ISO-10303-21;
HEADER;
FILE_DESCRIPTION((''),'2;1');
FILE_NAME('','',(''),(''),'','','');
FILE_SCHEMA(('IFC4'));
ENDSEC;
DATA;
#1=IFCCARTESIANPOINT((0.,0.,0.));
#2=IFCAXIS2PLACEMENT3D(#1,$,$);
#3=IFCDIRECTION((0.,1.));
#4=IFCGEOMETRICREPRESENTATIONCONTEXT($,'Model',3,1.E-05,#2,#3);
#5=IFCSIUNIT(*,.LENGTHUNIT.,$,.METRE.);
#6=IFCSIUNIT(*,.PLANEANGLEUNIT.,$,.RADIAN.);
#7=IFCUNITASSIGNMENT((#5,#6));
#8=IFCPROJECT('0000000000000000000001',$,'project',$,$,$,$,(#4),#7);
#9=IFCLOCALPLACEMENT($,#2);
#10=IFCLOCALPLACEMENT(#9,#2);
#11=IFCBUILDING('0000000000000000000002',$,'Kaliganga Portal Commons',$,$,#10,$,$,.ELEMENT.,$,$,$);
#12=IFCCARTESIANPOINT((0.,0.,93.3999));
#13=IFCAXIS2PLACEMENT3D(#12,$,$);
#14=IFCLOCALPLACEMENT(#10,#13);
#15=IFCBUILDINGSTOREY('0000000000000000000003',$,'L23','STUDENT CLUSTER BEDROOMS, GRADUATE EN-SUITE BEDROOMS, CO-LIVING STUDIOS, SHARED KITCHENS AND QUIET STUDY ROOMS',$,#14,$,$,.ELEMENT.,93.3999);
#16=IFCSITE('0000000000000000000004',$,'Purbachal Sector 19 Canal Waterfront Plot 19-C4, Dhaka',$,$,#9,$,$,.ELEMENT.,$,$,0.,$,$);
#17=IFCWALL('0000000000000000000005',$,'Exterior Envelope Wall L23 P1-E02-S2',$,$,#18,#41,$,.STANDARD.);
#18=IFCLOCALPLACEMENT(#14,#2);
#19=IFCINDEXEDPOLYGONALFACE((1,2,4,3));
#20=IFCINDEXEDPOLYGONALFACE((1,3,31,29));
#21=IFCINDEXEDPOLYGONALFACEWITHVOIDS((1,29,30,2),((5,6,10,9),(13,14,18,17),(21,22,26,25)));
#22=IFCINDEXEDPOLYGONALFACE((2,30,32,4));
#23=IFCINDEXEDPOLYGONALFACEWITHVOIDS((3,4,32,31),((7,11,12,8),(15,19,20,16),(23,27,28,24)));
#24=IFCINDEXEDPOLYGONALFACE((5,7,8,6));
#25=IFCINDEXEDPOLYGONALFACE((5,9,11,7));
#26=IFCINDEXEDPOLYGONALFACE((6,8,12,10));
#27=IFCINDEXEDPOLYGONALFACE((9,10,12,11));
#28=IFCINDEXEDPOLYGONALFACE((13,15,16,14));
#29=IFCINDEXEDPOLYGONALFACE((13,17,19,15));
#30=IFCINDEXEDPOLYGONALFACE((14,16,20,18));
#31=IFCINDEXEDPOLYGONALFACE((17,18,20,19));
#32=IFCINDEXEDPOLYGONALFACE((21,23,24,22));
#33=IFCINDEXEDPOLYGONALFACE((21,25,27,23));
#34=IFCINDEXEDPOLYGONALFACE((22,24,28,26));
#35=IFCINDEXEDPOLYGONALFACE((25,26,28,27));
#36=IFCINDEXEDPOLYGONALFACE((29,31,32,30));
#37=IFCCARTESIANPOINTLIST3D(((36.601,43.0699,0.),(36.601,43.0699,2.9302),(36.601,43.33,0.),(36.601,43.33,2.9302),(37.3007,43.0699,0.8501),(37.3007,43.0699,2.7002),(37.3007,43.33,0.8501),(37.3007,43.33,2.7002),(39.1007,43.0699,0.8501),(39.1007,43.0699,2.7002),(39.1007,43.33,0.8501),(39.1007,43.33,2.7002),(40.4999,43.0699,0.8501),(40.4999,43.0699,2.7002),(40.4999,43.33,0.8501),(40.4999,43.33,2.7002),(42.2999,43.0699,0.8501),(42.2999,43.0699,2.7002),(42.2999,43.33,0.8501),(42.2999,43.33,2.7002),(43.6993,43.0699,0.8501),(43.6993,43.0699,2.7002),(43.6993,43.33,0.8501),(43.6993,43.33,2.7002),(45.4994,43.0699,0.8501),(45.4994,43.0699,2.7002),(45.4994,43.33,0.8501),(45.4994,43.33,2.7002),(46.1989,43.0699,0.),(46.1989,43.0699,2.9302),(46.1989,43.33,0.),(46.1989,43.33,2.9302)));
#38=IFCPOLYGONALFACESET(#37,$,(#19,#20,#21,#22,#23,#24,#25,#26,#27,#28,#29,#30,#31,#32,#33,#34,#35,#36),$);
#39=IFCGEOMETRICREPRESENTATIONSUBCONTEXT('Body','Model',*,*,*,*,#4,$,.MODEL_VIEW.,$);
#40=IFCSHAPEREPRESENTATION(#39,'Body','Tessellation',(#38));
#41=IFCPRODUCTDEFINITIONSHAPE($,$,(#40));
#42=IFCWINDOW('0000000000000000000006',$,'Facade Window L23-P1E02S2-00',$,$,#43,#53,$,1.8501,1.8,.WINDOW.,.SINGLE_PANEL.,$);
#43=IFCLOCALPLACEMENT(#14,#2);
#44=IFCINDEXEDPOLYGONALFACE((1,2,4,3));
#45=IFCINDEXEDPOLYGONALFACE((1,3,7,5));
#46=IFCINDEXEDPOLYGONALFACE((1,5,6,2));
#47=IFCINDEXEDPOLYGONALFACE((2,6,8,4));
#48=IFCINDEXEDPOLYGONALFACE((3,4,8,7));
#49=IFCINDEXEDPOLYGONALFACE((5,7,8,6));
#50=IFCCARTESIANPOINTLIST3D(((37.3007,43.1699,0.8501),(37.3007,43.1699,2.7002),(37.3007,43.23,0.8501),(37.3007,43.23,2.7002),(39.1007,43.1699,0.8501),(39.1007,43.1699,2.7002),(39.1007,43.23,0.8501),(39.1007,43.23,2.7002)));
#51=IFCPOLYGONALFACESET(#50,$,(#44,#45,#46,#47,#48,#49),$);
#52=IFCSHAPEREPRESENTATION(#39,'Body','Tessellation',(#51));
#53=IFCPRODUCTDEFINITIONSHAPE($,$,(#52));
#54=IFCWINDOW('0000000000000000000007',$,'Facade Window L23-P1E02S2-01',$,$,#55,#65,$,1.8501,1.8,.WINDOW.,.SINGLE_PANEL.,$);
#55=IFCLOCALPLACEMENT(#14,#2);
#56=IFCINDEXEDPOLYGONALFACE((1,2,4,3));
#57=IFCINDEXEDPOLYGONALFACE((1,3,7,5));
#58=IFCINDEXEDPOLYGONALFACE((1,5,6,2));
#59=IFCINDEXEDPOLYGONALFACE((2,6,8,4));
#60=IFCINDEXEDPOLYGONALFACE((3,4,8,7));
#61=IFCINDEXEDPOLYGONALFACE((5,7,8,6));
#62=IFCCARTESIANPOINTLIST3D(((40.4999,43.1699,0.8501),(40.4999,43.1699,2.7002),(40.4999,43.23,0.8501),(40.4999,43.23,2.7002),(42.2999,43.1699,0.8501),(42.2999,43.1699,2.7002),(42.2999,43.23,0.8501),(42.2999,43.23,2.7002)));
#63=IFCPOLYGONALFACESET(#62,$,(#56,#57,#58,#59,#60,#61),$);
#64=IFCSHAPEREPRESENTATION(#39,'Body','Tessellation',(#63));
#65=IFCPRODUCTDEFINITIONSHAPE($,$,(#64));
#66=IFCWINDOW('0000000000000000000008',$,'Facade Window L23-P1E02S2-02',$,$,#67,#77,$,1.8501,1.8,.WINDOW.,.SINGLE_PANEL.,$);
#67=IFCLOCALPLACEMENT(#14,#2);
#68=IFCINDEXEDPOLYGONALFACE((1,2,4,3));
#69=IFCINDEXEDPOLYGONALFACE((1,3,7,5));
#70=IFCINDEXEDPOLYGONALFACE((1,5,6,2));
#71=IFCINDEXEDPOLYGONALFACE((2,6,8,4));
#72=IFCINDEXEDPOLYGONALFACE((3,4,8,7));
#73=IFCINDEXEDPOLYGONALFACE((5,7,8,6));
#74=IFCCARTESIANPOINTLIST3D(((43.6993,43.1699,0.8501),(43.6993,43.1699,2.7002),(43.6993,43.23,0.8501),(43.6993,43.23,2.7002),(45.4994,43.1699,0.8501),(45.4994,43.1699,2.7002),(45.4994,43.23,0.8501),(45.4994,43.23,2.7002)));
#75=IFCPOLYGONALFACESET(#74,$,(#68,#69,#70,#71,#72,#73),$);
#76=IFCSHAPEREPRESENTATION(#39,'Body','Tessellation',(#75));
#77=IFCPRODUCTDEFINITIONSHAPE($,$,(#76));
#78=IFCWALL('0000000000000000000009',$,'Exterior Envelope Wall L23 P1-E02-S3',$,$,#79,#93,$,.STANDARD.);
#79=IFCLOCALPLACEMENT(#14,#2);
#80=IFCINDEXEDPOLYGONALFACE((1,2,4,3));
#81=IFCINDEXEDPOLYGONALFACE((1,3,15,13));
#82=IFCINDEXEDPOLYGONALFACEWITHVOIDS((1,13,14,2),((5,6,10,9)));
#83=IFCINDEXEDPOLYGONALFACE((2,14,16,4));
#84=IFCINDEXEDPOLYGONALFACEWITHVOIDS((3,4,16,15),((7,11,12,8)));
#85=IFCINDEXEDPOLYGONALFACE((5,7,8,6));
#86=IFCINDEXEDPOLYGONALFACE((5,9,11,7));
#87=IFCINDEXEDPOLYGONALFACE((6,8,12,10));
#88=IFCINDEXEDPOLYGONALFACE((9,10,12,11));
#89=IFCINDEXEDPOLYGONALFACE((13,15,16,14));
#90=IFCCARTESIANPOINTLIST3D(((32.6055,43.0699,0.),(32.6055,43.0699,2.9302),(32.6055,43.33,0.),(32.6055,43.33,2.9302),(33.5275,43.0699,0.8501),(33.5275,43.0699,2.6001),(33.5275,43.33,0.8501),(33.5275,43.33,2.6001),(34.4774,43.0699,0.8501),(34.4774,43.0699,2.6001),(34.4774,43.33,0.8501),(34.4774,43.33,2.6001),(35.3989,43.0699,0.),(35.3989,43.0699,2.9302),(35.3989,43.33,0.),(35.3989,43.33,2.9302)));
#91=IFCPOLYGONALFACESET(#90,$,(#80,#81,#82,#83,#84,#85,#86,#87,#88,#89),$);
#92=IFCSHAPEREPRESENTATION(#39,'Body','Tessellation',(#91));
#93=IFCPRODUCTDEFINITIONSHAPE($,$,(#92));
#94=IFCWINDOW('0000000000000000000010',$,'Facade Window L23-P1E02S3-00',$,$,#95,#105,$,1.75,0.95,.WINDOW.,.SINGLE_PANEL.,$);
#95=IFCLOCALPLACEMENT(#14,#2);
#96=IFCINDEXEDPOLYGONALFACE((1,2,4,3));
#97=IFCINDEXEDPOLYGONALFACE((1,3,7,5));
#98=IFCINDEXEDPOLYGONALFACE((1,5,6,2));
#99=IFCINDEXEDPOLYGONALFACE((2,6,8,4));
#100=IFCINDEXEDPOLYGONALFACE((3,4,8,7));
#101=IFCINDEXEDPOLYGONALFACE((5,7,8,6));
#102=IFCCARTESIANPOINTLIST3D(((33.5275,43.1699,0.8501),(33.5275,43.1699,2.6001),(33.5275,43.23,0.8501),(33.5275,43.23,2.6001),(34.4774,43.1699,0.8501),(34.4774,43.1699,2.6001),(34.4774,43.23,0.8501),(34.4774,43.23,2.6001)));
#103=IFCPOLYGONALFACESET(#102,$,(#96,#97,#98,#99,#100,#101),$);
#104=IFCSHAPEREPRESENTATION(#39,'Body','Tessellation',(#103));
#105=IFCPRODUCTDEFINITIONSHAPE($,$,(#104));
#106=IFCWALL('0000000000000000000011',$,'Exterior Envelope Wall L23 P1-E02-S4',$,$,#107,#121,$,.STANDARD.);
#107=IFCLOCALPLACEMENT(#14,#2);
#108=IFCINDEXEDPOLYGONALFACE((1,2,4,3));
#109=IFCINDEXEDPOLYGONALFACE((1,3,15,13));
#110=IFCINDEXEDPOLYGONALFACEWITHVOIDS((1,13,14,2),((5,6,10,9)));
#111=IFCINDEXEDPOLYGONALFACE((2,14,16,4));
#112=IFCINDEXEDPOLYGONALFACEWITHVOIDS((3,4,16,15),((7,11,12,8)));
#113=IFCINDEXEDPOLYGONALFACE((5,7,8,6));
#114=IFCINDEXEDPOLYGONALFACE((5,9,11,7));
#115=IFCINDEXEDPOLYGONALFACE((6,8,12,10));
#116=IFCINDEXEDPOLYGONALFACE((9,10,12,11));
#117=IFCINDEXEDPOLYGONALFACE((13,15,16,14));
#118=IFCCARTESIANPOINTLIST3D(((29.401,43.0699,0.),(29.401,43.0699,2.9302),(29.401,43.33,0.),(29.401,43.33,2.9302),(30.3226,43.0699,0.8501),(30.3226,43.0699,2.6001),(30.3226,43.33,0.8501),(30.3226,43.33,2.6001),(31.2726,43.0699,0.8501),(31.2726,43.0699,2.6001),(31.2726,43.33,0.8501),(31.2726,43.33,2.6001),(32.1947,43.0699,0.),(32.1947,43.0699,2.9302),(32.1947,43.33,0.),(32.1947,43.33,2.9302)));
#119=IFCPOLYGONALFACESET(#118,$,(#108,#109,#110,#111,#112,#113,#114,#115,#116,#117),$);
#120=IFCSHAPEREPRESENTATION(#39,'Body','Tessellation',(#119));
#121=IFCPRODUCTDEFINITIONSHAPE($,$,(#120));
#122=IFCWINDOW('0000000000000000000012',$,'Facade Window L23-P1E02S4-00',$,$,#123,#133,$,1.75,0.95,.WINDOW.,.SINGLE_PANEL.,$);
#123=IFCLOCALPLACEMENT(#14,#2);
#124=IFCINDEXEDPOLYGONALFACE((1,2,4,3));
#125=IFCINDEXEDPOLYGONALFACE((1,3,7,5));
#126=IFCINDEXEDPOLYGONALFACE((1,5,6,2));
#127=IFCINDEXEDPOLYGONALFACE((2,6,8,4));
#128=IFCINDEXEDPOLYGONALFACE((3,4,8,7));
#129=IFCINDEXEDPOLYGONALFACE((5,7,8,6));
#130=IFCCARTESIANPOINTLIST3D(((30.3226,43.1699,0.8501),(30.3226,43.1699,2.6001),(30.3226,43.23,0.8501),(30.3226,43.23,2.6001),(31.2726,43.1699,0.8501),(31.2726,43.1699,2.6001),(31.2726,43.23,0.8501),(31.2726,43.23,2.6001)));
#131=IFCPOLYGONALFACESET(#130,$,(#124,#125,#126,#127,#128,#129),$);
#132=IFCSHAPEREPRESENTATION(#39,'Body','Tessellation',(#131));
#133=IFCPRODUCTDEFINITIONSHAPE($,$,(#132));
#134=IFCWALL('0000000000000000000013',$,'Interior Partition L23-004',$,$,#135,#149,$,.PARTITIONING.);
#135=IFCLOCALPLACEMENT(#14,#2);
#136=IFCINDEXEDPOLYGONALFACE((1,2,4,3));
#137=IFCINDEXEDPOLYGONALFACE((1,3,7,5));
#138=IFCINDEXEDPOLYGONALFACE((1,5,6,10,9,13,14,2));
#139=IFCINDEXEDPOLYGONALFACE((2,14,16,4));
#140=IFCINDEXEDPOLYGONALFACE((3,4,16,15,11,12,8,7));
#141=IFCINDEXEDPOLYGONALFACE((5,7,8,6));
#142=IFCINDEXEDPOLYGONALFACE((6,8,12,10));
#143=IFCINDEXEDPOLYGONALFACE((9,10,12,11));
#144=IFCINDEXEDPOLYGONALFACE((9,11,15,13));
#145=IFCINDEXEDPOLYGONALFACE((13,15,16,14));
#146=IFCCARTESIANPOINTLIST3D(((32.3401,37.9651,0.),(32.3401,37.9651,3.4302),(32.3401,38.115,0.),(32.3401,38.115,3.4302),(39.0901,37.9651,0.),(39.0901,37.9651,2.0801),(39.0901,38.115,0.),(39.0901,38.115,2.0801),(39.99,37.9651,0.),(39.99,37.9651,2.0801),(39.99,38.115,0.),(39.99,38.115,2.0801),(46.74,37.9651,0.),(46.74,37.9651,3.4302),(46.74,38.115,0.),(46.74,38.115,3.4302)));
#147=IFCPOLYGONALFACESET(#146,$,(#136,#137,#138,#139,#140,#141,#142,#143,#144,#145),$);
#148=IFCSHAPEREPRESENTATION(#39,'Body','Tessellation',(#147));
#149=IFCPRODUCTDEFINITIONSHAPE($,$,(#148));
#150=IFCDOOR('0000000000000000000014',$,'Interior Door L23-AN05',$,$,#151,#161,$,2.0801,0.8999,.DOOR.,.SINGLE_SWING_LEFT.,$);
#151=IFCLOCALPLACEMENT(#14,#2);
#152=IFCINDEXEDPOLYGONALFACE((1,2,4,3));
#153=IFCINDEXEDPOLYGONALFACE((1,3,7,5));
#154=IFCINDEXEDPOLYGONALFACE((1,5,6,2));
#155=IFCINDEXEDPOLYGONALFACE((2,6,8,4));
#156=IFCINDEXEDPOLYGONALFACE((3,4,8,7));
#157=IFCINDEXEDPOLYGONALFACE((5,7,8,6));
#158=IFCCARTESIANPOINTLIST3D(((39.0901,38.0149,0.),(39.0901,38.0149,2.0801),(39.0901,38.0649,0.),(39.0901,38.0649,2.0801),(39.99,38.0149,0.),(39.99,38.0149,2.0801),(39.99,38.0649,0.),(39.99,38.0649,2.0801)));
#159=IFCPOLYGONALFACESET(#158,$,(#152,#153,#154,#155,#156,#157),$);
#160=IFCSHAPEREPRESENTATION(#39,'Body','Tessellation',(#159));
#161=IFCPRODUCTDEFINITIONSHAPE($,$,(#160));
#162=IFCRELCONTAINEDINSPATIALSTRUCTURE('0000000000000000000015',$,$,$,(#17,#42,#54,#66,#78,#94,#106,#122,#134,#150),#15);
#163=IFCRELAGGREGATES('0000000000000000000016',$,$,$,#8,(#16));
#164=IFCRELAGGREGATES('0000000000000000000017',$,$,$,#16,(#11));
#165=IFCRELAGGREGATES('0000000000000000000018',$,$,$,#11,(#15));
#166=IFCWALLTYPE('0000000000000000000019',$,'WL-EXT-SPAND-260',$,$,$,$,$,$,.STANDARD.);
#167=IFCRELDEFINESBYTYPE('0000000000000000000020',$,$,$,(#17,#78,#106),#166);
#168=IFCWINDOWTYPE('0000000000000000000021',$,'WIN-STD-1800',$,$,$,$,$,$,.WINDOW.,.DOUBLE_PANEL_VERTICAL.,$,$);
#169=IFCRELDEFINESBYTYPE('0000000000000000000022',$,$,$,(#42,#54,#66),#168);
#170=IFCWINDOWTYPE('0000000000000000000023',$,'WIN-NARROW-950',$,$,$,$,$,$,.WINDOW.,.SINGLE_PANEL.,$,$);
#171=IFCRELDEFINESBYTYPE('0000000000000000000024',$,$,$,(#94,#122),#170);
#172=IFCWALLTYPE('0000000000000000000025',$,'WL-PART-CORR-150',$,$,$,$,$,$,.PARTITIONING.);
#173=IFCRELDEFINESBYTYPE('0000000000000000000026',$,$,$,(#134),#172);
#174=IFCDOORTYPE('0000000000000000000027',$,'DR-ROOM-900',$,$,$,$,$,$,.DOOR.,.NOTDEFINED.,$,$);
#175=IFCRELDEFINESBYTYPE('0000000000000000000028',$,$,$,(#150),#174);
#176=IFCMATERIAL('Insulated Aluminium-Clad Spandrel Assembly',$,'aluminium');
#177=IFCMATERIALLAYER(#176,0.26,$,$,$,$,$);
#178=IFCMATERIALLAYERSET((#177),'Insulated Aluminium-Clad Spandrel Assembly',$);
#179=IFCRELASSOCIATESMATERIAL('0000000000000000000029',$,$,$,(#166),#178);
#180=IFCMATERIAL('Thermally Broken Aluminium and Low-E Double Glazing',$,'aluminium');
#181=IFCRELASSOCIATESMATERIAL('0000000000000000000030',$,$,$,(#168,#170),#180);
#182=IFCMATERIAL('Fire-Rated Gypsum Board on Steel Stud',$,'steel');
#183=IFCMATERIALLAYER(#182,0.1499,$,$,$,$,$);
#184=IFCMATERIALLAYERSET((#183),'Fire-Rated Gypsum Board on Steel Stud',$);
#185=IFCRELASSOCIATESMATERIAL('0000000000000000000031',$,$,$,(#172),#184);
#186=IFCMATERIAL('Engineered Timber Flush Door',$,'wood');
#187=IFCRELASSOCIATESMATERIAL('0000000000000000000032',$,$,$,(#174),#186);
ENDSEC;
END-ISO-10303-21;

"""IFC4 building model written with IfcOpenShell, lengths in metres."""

from ifc_helpers import new_model, si_unit, direction, frame, frame_2d, origin, place, context, subcontext, project, spatial, rectangle, extrude, material, layer, layer_set, type_object, element, fill, save


model = new_model("IFC4")

# Units and contexts
model_context = context("Model", 3, precision=1e-05, world=origin(), true_north=direction((0.0, 1.0)))
body_context = subcontext(model_context, "Body", "Model", "MODEL_VIEW")
ifc_project = project(units=[si_unit("LENGTHUNIT", "METRE"), si_unit("PLANEANGLEUNIT", "RADIAN")], contexts=[model_context])

# Site, building, storey
site_placement = place(None, origin())
site = spatial("IfcSite", under=ifc_project, at=site_placement, Name="Purbachal Sector 19 Canal Waterfront Plot 19-C4, Dhaka", CompositionType="ELEMENT", RefElevation=0.0)
building_placement = place(site_placement, origin())
building = spatial("IfcBuilding", under=site, at=building_placement, Name="Kaliganga Portal Commons", CompositionType="ELEMENT")
storey_placement = place(building_placement, frame((0.0, 0.0, 93.3999)))
storey = spatial("IfcBuildingStorey", under=building, at=storey_placement, Name="L23", Description="STUDENT CLUSTER BEDROOMS, GRADUATE EN-SUITE BEDROOMS, CO-LIVING STUDIOS, SHARED KITCHENS AND QUIET STUDY ROOMS", CompositionType="ELEMENT", Elevation=93.3999)

# Wall, openings, windows
ifc_material_1 = material(Name="Insulated Aluminium-Clad Spandrel Assembly", Category="aluminium")
ifc_layer_1 = layer(ifc_material_1, 0.26)
ifc_layer_set_1 = layer_set([ifc_layer_1], Name="Insulated Aluminium-Clad Spandrel Assembly")
wall_type_1 = type_object("IfcWallType", Name="WL-EXT-SPAND-260", PredefinedType="STANDARD", material=ifc_layer_set_1)
wall_1_placement = place(storey_placement, frame((36.6011, 43.2, 0.0), z_axis=(0.0, 0.0, 1.0), x_axis=(1.0, 0.0, 0.0)))
wall_1 = element("IfcWall", 1, at=wall_1_placement, inside=storey, type_object=wall_type_1, Name="Exterior Envelope Wall L23 P1-E02-S2", PredefinedType="STANDARD", context=body_context, shape_type="SweptSolid", body=[
    extrude(rectangle(XDim=9.5979, YDim=0.26, at=frame_2d((4.7988, 0.0))), origin(), (0.0, 0.0, 1.0), 2.9302),
])
opening_1_placement = place(wall_1_placement, frame((0.6997, 0.0, 0.8501)))
opening_1 = element("IfcOpeningElement", 2, at=opening_1_placement, cuts=wall_1, PredefinedType="OPENING", context=body_context, shape_type="SweptSolid", body=[
    extrude(rectangle(XDim=1.8, YDim=1.8501, at=frame_2d((0.8999, 0.925))), frame((0.0, 0.1401, 0.0), z_axis=(0.0, -1.0, 0.0), x_axis=(1.0, 0.0, 0.0)), (0.0, 0.0, 1.0), 0.28),
])
opening_2_placement = place(wall_1_placement, frame((3.8989, 0.0, 0.8501)))
opening_2 = element("IfcOpeningElement", 3, at=opening_2_placement, cuts=wall_1, PredefinedType="OPENING", context=body_context, shape_type="SweptSolid", body=[
    extrude(rectangle(XDim=1.8, YDim=1.8501, at=frame_2d((0.8999, 0.925))), frame((0.0, 0.1401, 0.0), z_axis=(0.0, -1.0, 0.0), x_axis=(1.0, 0.0, 0.0)), (0.0, 0.0, 1.0), 0.28),
])
opening_3_placement = place(wall_1_placement, frame((7.0984, 0.0, 0.8501)))
opening_3 = element("IfcOpeningElement", 4, at=opening_3_placement, cuts=wall_1, PredefinedType="OPENING", context=body_context, shape_type="SweptSolid", body=[
    extrude(rectangle(XDim=1.8, YDim=1.8501, at=frame_2d((0.8999, 0.925))), frame((0.0, 0.1401, 0.0), z_axis=(0.0, -1.0, 0.0), x_axis=(1.0, 0.0, 0.0)), (0.0, 0.0, 1.0), 0.28),
])
ifc_material_2 = material(Name="Thermally Broken Aluminium and Low-E Double Glazing", Category="aluminium")
window_type_1 = type_object("IfcWindowType", Name="WIN-STD-1800", PartitioningType="DOUBLE_PANEL_VERTICAL", PredefinedType="WINDOW", material=ifc_material_2)
window_1_placement = place(opening_1_placement, origin())
window_1 = element("IfcWindow", 5, at=window_1_placement, inside=storey, type_object=window_type_1, Name="Facade Window L23-P1E02S2-00", OverallHeight=1.8501, OverallWidth=1.8, PartitioningType="SINGLE_PANEL", PredefinedType="WINDOW", context=body_context, shape_type="SweptSolid", body=[
    extrude(rectangle(XDim=1.8, YDim=1.8501, at=frame_2d((0.8999, 0.925))), frame((0.0, 0.03, 0.0), z_axis=(0.0, -1.0, 0.0), x_axis=(1.0, 0.0, 0.0)), (0.0, 0.0, 1.0), 0.0601),
])
fill(opening_1, window_1)
window_2_placement = place(opening_2_placement, origin())
window_2 = element("IfcWindow", 6, at=window_2_placement, inside=storey, type_object=window_type_1, Name="Facade Window L23-P1E02S2-01", OverallHeight=1.8501, OverallWidth=1.8, PartitioningType="SINGLE_PANEL", PredefinedType="WINDOW", context=body_context, shape_type="SweptSolid", body=[
    extrude(rectangle(XDim=1.8, YDim=1.8501, at=frame_2d((0.8999, 0.925))), frame((0.0, 0.03, 0.0), z_axis=(0.0, -1.0, 0.0), x_axis=(1.0, 0.0, 0.0)), (0.0, 0.0, 1.0), 0.0601),
])
fill(opening_2, window_2)
window_3_placement = place(opening_3_placement, origin())
window_3 = element("IfcWindow", 7, at=window_3_placement, inside=storey, type_object=window_type_1, Name="Facade Window L23-P1E02S2-02", OverallHeight=1.8501, OverallWidth=1.8, PartitioningType="SINGLE_PANEL", PredefinedType="WINDOW", context=body_context, shape_type="SweptSolid", body=[
    extrude(rectangle(XDim=1.8, YDim=1.8501, at=frame_2d((0.8999, 0.925))), frame((0.0, 0.03, 0.0), z_axis=(0.0, -1.0, 0.0), x_axis=(1.0, 0.0, 0.0)), (0.0, 0.0, 1.0), 0.0601),
])
fill(opening_3, window_3)

# Walls, openings, windows
wall_2_placement = place(storey_placement, frame((32.6055, 43.2, 0.0), z_axis=(0.0, 0.0, 1.0), x_axis=(1.0, 0.0, 0.0)))
wall_2 = element("IfcWall", 8, at=wall_2_placement, inside=storey, type_object=wall_type_1, Name="Exterior Envelope Wall L23 P1-E02-S3", PredefinedType="STANDARD", context=body_context, shape_type="SweptSolid", body=[
    extrude(rectangle(XDim=2.7935, YDim=0.26, at=frame_2d((1.3967, 0.0))), origin(), (0.0, 0.0, 1.0), 2.9302),
])
opening_4_placement = place(wall_2_placement, frame((0.9219, 0.0, 0.8501)))
opening_4 = element("IfcOpeningElement", 9, at=opening_4_placement, cuts=wall_2, PredefinedType="OPENING", context=body_context, shape_type="SweptSolid", body=[
    extrude(rectangle(XDim=0.95, YDim=1.75, at=frame_2d((0.4751, 0.875))), frame((0.0, 0.1401, 0.0), z_axis=(0.0, -1.0, 0.0), x_axis=(1.0, 0.0, 0.0)), (0.0, 0.0, 1.0), 0.28),
])
window_type_2 = type_object("IfcWindowType", Name="WIN-NARROW-950", PartitioningType="SINGLE_PANEL", PredefinedType="WINDOW", material=ifc_material_2)
window_4_placement = place(opening_4_placement, origin())
window_4 = element("IfcWindow", 10, at=window_4_placement, inside=storey, type_object=window_type_2, Name="Facade Window L23-P1E02S3-00", OverallHeight=1.75, OverallWidth=0.95, PartitioningType="SINGLE_PANEL", PredefinedType="WINDOW", context=body_context, shape_type="SweptSolid", body=[
    extrude(rectangle(XDim=0.95, YDim=1.75, at=frame_2d((0.4751, 0.875))), frame((0.0, 0.03, 0.0), z_axis=(0.0, -1.0, 0.0), x_axis=(1.0, 0.0, 0.0)), (0.0, 0.0, 1.0), 0.0601),
])
fill(opening_4, window_4)
wall_3_placement = place(storey_placement, frame((29.4009, 43.2, 0.0), z_axis=(0.0, 0.0, 1.0), x_axis=(1.0, 0.0, 0.0)))
wall_3 = element("IfcWall", 11, at=wall_3_placement, inside=storey, type_object=wall_type_1, Name="Exterior Envelope Wall L23 P1-E02-S4", PredefinedType="STANDARD", context=body_context, shape_type="SweptSolid", body=[
    extrude(rectangle(XDim=2.7937, YDim=0.26, at=frame_2d((1.397, 0.0))), origin(), (0.0, 0.0, 1.0), 2.9302),
])
opening_5_placement = place(wall_3_placement, frame((0.9216, 0.0, 0.8501)))
opening_5 = element("IfcOpeningElement", 12, at=opening_5_placement, cuts=wall_3, PredefinedType="OPENING", context=body_context, shape_type="SweptSolid", body=[
    extrude(rectangle(XDim=0.95, YDim=1.75, at=frame_2d((0.4751, 0.875))), frame((0.0, 0.1401, 0.0), z_axis=(0.0, -1.0, 0.0), x_axis=(1.0, 0.0, 0.0)), (0.0, 0.0, 1.0), 0.28),
])
window_5_placement = place(opening_5_placement, origin())
window_5 = element("IfcWindow", 13, at=window_5_placement, inside=storey, type_object=window_type_2, Name="Facade Window L23-P1E02S4-00", OverallHeight=1.75, OverallWidth=0.95, PartitioningType="SINGLE_PANEL", PredefinedType="WINDOW", context=body_context, shape_type="SweptSolid", body=[
    extrude(rectangle(XDim=0.95, YDim=1.75, at=frame_2d((0.4751, 0.875))), frame((0.0, 0.03, 0.0), z_axis=(0.0, -1.0, 0.0), x_axis=(1.0, 0.0, 0.0)), (0.0, 0.0, 1.0), 0.0601),
])
fill(opening_5, window_5)

# Wall, opening, door
ifc_material_3 = material(Name="Fire-Rated Gypsum Board on Steel Stud", Category="steel")
ifc_layer_2 = layer(ifc_material_3, 0.1499)
ifc_layer_set_2 = layer_set([ifc_layer_2], Name="Fire-Rated Gypsum Board on Steel Stud")
wall_type_2 = type_object("IfcWallType", Name="WL-PART-CORR-150", PredefinedType="PARTITIONING", material=ifc_layer_set_2)
wall_4_placement = place(storey_placement, frame((32.3401, 38.04, 0.0), z_axis=(0.0, 0.0, 1.0), x_axis=(1.0, 0.0, 0.0)))
wall_4 = element("IfcWall", 14, at=wall_4_placement, inside=storey, type_object=wall_type_2, Name="Interior Partition L23-004", PredefinedType="PARTITIONING", context=body_context, shape_type="SweptSolid", body=[
    extrude(rectangle(XDim=14.3999, YDim=0.1499, at=frame_2d((7.2, 0.0))), origin(), (0.0, 0.0, 1.0), 3.4302),
])
opening_6_placement = place(wall_4_placement, frame((6.75, 0.0, 0.0)))
opening_6 = element("IfcOpeningElement", 15, at=opening_6_placement, cuts=wall_4, PredefinedType="OPENING", context=body_context, shape_type="SweptSolid", body=[
    extrude(rectangle(XDim=0.8999, YDim=2.0801, at=frame_2d((0.45, 1.04))), frame((0.0, 0.085, 0.0), z_axis=(0.0, -1.0, 0.0), x_axis=(1.0, 0.0, 0.0)), (0.0, 0.0, 1.0), 0.1699),
])
ifc_material_4 = material(Name="Engineered Timber Flush Door", Category="wood")
door_type_1 = type_object("IfcDoorType", Name="DR-ROOM-900", OperationType="NOTDEFINED", PredefinedType="DOOR", material=ifc_material_4)
door_1_placement = place(opening_6_placement, origin())
door_1 = element("IfcDoor", 16, at=door_1_placement, inside=storey, type_object=door_type_1, Name="Interior Door L23-AN05", OperationType="SINGLE_SWING_LEFT", OverallHeight=2.0801, OverallWidth=0.8999, PredefinedType="DOOR", context=body_context, shape_type="SweptSolid", body=[
    extrude(rectangle(XDim=0.8999, YDim=2.0801, at=frame_2d((0.45, 1.04))), frame((0.0, 0.0249, 0.0), z_axis=(0.0, -1.0, 0.0), x_axis=(1.0, 0.0, 0.0)), (0.0, 0.0, 1.0), 0.05),
])
fill(opening_6, door_1)

save(model, "model.ifc")
